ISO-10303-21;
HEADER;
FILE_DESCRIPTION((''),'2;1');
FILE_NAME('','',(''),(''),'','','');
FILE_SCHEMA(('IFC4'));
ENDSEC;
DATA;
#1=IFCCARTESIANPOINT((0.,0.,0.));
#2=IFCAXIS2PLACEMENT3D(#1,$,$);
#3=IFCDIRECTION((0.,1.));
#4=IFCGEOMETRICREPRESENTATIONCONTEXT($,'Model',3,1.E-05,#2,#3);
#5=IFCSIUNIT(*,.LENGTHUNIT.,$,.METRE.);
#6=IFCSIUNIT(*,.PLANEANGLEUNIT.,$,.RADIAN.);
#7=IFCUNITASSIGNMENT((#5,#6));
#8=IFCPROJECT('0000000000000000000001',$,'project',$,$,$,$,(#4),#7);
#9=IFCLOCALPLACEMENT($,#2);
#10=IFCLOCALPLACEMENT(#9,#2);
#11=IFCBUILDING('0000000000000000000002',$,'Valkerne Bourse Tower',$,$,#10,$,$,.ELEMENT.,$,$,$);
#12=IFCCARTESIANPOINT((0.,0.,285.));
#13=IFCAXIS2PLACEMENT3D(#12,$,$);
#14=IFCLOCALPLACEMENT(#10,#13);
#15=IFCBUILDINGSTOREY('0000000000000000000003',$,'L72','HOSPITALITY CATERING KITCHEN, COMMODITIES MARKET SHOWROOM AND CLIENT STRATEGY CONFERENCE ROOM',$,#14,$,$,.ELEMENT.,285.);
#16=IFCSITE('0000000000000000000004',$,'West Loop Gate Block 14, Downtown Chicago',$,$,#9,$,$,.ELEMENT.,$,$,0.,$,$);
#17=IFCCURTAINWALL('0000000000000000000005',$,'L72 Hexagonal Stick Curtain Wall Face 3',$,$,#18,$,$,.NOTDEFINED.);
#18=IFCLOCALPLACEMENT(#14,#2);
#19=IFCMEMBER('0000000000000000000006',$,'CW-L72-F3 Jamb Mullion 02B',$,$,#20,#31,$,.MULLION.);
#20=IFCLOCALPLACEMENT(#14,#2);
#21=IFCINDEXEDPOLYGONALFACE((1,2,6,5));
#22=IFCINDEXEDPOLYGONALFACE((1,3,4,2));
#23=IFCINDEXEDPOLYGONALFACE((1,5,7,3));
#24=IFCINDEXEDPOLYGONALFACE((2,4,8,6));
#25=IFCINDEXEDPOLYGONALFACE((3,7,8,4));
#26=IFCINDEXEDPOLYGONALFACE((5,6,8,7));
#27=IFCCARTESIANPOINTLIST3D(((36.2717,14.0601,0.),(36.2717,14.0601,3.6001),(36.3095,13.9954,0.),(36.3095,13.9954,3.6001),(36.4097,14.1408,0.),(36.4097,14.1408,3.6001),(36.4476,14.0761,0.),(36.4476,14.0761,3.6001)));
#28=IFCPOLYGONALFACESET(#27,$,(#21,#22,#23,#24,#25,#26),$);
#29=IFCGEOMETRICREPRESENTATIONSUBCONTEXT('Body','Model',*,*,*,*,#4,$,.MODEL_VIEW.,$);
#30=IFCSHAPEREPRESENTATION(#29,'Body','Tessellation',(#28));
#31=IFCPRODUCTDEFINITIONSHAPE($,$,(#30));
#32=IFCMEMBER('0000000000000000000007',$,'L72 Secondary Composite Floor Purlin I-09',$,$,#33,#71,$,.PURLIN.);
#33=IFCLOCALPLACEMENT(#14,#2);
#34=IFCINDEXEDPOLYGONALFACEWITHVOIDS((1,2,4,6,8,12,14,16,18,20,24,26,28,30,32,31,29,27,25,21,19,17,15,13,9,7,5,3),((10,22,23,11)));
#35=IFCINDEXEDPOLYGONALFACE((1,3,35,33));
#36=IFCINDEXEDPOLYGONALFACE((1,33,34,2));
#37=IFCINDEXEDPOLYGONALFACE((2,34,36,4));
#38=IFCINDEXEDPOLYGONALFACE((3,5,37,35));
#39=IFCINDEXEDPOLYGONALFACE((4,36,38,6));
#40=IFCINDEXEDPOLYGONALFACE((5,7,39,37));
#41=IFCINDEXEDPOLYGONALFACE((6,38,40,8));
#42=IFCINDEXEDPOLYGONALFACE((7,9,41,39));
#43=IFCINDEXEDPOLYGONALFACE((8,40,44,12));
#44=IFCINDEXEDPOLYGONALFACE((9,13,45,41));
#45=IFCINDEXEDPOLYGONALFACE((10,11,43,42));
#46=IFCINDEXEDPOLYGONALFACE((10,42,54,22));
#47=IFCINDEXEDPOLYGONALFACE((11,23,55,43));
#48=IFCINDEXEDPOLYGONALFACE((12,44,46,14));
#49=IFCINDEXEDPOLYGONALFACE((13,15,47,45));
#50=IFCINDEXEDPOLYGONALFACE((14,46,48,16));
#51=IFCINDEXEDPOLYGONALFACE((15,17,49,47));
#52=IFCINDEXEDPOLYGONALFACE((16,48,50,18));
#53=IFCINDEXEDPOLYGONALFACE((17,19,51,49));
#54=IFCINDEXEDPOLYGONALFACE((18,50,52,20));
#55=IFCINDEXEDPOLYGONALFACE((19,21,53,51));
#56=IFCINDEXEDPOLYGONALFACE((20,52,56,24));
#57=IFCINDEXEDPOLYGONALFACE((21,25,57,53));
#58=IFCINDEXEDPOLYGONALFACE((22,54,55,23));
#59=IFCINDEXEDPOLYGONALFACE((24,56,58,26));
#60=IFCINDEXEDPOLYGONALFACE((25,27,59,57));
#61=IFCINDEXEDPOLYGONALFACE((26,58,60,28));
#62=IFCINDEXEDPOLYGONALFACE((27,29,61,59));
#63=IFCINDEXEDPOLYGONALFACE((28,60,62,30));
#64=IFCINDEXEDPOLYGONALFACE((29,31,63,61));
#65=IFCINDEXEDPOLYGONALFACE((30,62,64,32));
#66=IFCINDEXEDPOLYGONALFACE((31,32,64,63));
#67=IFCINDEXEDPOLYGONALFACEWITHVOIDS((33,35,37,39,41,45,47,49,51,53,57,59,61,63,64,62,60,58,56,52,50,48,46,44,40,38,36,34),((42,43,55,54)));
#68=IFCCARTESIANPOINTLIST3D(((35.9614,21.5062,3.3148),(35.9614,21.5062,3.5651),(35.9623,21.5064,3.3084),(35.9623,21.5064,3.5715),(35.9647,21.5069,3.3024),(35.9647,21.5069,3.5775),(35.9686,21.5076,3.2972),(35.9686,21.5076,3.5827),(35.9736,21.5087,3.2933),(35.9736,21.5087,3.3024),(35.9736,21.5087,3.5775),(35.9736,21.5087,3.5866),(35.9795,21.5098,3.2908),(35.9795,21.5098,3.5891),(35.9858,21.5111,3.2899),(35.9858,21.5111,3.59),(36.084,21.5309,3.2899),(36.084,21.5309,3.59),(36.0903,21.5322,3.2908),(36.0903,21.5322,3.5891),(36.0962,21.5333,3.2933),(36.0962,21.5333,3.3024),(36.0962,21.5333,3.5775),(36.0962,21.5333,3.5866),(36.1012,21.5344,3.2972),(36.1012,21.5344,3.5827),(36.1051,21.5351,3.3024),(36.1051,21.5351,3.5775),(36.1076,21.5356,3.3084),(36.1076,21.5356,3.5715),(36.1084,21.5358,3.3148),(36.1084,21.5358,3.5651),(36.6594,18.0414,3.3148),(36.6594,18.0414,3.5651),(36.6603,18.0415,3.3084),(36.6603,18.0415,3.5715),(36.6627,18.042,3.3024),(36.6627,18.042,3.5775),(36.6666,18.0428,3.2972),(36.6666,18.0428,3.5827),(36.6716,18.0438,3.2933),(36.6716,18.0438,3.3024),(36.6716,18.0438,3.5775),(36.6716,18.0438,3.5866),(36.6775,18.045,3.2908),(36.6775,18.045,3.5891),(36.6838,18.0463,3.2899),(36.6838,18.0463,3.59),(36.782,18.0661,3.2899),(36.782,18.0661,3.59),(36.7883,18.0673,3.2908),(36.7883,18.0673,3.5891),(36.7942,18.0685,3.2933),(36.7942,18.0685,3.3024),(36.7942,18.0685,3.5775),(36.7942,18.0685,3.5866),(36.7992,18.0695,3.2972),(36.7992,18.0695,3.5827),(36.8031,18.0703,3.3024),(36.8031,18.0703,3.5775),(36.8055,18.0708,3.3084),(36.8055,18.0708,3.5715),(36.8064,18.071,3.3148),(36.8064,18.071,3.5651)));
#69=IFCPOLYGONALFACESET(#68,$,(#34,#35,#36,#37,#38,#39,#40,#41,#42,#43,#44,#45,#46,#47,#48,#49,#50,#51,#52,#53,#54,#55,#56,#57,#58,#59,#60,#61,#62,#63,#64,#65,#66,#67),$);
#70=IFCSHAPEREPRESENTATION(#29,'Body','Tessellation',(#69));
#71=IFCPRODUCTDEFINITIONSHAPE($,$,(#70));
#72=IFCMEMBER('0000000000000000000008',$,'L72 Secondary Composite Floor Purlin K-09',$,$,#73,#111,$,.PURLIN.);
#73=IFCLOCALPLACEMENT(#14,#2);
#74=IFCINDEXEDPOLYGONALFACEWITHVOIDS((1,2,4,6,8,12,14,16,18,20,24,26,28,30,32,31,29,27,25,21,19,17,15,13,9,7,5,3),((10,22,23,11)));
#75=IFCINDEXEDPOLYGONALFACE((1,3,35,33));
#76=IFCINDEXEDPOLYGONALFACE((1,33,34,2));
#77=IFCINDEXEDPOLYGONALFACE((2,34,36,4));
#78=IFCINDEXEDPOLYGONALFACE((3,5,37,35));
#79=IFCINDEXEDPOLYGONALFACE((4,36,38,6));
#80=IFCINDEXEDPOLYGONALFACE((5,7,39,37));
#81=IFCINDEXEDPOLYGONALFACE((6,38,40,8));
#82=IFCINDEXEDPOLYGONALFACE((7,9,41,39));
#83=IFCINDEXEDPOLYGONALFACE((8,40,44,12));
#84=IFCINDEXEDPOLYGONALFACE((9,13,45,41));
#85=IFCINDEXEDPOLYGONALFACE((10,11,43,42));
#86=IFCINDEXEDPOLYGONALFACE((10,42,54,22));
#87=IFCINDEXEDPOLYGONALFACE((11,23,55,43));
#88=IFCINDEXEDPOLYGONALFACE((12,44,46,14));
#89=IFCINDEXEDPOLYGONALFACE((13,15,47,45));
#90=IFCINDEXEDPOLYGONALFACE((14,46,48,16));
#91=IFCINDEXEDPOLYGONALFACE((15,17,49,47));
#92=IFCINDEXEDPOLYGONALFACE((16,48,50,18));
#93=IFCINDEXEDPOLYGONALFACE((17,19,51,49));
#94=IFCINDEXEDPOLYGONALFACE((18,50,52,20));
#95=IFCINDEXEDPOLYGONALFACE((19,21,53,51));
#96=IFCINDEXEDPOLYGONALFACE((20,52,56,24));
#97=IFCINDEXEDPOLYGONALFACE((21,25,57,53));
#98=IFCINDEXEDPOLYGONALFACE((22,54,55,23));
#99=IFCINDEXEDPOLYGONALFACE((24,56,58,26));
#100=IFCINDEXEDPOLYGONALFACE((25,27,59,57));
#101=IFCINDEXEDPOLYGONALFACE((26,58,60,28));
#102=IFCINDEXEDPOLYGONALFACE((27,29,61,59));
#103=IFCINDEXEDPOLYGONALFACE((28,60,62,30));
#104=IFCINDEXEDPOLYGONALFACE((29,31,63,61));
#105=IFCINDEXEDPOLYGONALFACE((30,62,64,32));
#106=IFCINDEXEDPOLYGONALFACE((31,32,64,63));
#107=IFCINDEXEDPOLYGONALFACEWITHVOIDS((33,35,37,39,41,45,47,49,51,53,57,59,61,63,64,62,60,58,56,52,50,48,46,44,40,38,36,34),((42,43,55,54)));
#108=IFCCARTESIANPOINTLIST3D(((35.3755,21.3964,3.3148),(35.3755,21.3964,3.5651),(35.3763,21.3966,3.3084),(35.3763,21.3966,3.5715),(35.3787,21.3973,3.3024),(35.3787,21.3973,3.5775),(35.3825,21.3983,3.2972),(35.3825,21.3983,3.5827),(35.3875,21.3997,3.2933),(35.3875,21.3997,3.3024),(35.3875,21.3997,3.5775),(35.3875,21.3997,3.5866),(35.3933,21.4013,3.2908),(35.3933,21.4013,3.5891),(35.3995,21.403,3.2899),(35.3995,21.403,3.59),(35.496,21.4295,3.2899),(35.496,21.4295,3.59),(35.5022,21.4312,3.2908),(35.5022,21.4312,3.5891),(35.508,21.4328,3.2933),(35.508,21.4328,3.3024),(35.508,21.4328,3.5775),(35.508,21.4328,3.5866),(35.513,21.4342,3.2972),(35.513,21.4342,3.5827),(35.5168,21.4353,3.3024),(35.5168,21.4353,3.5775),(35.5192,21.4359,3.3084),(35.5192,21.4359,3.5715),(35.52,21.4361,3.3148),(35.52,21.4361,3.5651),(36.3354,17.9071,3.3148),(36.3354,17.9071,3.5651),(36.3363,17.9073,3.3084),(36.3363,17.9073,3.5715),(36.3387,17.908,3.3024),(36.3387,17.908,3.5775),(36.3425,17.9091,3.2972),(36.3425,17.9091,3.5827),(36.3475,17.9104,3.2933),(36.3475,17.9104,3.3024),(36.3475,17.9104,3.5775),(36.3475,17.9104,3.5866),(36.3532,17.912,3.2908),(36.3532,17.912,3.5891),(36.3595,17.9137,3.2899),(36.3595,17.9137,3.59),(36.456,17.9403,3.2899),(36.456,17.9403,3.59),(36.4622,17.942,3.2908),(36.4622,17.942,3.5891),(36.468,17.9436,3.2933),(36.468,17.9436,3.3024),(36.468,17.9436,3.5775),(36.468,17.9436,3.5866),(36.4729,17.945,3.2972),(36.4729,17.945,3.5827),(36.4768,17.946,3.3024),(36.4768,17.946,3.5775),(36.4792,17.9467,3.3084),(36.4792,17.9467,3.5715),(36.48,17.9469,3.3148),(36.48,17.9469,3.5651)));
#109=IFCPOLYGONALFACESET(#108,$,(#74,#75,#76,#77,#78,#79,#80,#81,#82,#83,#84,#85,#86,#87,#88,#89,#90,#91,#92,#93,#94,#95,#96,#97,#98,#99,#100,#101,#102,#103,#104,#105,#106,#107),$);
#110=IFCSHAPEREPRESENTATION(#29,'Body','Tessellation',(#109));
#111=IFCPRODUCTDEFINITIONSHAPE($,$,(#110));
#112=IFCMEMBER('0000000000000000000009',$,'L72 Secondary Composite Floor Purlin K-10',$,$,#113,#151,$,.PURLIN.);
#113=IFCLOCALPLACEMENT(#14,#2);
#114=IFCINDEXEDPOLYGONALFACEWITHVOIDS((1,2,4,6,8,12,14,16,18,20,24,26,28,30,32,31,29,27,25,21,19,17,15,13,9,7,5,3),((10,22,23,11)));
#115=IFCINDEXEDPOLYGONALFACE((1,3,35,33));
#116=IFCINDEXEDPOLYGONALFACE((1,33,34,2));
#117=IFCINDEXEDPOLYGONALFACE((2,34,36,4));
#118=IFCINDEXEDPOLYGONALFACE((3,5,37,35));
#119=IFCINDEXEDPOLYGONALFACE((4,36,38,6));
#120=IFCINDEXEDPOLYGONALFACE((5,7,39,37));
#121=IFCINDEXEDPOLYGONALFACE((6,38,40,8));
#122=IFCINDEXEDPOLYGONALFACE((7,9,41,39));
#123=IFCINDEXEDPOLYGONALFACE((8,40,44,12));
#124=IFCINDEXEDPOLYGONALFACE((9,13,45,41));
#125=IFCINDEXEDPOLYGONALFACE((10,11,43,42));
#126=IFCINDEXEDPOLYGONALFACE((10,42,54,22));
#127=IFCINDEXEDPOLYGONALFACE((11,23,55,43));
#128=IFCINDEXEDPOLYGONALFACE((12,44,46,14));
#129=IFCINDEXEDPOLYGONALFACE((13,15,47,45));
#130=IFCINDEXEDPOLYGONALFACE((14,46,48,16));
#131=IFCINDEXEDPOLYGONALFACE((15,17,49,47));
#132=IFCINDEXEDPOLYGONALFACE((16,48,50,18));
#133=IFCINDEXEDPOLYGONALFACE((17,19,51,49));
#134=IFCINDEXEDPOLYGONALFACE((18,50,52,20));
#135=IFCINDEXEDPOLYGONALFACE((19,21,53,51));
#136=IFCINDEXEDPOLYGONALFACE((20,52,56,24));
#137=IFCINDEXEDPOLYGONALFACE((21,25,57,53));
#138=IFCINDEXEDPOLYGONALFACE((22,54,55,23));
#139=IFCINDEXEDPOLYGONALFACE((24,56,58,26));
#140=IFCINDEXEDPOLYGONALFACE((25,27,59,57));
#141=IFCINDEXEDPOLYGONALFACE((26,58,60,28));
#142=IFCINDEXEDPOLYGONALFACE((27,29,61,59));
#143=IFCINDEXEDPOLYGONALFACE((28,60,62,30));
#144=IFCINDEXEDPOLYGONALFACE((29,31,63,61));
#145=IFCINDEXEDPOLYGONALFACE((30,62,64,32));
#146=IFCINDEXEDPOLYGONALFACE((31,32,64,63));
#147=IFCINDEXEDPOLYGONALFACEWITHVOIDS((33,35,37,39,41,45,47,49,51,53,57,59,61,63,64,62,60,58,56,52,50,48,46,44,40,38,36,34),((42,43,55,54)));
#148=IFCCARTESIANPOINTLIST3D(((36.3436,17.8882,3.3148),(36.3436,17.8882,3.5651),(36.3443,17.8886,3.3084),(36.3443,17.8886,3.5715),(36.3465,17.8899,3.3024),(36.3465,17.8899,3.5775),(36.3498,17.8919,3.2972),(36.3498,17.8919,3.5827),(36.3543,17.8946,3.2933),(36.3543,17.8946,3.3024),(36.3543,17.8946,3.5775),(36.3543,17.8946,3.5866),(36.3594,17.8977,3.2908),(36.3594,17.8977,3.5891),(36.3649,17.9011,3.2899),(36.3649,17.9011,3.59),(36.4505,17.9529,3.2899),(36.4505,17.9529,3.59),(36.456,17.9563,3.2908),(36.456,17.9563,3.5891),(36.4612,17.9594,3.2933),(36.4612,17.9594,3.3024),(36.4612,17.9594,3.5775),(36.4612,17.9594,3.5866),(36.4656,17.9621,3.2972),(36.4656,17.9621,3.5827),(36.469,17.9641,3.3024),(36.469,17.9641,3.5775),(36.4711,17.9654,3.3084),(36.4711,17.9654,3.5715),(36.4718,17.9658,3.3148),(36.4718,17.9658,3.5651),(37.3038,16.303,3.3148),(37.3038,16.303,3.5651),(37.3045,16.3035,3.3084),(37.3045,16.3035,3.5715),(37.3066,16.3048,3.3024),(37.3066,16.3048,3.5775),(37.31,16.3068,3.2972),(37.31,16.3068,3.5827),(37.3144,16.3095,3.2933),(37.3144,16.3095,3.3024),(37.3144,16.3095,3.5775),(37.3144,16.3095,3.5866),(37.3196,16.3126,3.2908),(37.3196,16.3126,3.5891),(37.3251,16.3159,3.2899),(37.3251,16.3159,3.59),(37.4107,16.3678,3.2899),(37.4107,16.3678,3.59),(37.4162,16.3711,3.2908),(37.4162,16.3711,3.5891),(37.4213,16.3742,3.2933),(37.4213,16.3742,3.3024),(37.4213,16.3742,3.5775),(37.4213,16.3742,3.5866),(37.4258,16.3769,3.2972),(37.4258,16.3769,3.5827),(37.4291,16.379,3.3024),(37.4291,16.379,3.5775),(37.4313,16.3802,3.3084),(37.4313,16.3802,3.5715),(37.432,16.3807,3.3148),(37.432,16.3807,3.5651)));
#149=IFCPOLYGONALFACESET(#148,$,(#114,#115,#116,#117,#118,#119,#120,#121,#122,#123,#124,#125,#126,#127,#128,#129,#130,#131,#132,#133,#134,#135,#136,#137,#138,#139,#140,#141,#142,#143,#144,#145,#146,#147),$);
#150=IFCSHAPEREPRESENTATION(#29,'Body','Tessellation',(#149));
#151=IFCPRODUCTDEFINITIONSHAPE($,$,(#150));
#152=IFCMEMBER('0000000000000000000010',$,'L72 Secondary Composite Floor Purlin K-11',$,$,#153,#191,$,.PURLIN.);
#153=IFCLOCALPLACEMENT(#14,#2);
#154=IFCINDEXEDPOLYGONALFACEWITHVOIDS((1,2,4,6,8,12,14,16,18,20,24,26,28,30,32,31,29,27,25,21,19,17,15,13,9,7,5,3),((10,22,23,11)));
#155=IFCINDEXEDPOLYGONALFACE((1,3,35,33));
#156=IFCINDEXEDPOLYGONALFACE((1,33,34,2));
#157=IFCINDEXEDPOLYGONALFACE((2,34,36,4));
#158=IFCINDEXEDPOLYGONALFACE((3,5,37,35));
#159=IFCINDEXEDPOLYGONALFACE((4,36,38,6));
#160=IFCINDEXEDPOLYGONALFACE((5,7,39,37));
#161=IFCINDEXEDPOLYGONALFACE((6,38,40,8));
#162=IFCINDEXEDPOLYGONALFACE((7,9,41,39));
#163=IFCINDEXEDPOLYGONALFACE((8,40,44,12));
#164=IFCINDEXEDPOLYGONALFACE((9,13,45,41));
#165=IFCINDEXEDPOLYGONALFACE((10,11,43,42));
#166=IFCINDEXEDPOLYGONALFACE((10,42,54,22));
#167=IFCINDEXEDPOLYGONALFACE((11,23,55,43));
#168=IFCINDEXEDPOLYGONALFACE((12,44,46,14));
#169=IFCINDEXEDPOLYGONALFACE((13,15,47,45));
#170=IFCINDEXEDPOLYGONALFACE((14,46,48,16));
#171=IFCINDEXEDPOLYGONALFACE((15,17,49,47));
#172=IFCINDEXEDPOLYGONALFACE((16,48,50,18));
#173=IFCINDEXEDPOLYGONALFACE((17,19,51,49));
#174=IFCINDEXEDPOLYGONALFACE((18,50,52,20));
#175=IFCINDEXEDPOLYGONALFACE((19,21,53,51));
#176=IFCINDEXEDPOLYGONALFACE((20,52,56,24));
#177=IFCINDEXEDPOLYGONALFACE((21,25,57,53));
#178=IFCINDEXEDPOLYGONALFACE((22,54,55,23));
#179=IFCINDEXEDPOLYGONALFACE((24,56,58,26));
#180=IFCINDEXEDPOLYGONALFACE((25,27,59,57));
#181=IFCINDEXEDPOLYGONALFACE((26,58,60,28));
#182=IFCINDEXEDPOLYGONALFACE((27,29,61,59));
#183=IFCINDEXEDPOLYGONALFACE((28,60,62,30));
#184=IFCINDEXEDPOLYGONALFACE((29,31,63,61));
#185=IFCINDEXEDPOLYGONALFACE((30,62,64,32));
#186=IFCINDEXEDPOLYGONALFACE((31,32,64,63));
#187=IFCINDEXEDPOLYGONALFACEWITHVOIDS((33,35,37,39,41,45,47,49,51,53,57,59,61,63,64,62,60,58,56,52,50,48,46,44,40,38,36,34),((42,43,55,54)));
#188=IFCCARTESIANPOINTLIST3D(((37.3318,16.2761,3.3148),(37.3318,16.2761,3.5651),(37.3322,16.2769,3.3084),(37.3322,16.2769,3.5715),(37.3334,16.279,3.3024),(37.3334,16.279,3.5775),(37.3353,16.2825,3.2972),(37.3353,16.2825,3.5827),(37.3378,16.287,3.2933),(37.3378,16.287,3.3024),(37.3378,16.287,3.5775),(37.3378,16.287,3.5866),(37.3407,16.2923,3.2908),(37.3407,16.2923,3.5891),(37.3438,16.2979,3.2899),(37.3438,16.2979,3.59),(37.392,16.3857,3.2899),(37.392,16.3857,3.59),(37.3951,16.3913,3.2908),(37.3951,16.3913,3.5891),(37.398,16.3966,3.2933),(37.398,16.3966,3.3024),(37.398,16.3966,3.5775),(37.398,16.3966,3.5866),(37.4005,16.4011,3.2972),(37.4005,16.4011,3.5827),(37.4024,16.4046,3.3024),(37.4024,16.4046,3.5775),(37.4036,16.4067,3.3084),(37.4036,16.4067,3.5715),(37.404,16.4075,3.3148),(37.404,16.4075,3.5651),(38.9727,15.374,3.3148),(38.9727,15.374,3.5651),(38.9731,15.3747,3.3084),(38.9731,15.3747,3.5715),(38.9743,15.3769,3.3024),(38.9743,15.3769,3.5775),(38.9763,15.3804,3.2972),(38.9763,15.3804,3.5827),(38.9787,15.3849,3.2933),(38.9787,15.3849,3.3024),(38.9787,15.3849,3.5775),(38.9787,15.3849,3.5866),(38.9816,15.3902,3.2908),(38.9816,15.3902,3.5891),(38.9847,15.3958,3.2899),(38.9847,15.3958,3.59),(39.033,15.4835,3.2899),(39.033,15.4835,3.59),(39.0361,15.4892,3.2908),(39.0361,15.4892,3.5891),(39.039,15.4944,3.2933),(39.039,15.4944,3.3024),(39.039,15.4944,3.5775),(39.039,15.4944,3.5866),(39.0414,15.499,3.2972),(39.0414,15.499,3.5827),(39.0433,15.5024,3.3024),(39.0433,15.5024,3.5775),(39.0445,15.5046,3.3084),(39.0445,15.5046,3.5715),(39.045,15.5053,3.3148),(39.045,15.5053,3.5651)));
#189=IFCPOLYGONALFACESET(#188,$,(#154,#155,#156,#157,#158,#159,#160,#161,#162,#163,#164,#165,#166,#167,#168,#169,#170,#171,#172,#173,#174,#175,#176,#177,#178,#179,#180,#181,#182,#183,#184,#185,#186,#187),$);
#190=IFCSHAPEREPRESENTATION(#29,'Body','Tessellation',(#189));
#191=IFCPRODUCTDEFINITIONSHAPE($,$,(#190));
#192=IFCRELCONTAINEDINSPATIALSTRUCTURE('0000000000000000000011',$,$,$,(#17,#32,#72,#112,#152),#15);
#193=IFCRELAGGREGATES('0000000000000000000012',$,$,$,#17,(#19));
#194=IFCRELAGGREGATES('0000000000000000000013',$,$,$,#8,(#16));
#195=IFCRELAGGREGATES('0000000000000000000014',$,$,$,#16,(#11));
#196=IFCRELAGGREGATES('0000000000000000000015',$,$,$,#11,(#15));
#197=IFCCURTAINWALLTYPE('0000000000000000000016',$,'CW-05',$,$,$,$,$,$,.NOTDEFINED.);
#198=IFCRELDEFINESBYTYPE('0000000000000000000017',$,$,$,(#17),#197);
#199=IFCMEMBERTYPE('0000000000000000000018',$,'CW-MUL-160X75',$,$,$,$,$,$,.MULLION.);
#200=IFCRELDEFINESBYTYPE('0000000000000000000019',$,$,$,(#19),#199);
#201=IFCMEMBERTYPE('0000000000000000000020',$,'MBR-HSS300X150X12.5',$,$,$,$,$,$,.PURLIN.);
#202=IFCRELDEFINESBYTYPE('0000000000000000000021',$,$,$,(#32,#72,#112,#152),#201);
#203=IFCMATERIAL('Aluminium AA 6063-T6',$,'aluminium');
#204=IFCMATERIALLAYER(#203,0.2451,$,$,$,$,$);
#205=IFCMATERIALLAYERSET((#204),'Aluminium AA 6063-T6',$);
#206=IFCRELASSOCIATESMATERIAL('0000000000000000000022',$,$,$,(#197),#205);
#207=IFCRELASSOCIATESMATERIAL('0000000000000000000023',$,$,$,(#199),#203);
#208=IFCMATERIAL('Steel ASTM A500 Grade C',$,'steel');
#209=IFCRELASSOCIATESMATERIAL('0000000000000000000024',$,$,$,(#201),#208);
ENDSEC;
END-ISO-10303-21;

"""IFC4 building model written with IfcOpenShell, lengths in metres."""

from ifc_helpers import new_model, si_unit, direction, frame, origin, origin_2d, place, context, subcontext, project, spatial, rectangle, hollow_rectangle, extrude, material, layer, layer_set, material_profile, profile_set, type_object, element, aggregate, save


model = new_model("IFC4")

# Units and contexts
model_context = context("Model", 3, precision=1e-05, world=origin(), true_north=direction((0.0, 1.0)))
body_context = subcontext(model_context, "Body", "Model", "MODEL_VIEW")
ifc_project = project(units=[si_unit("LENGTHUNIT", "METRE"), si_unit("PLANEANGLEUNIT", "RADIAN")], contexts=[model_context])

# Site, building, storey
site_placement = place(None, origin())
site = spatial("IfcSite", under=ifc_project, at=site_placement, Name="West Loop Gate Block 14, Downtown Chicago", CompositionType="ELEMENT", RefElevation=0.0)
building_placement = place(site_placement, origin())
building = spatial("IfcBuilding", under=site, at=building_placement, Name="Valkerne Bourse Tower", CompositionType="ELEMENT")
storey_placement = place(building_placement, frame((0.0, 0.0, 285.0)))
storey = spatial("IfcBuildingStorey", under=building, at=storey_placement, Name="L72", Description="HOSPITALITY CATERING KITCHEN, COMMODITIES MARKET SHOWROOM AND CLIENT STRATEGY CONFERENCE ROOM", CompositionType="ELEMENT", Elevation=285.0)

# Curtain wall, member
ifc_material_1 = material(Name="Aluminium AA 6063-T6", Category="aluminium")
ifc_layer_1 = layer(ifc_material_1, 0.2451)
ifc_layer_set_1 = layer_set([ifc_layer_1], Name="Aluminium AA 6063-T6")
curtain_wall_type = type_object("IfcCurtainWallType", Name="CW-05", PredefinedType="NOTDEFINED", material=ifc_layer_set_1)
curtain_wall_placement = place(storey_placement, origin())
curtain_wall = element("IfcCurtainWall", 1, at=curtain_wall_placement, inside=storey, type_object=curtain_wall_type, Name="L72 Hexagonal Stick Curtain Wall Face 3", PredefinedType="NOTDEFINED")
ifc_material_profile_1 = material_profile(ifc_material_1, rectangle(XDim=0.075, YDim=0.1599, at=origin_2d()), Name="CWM-75X160")
ifc_profile_set_1 = profile_set([ifc_material_profile_1], Name="Aluminium AA 6063-T6")
member_type_1 = type_object("IfcMemberType", Name="CW-MUL-160X75", PredefinedType="MULLION", material=ifc_profile_set_1)
member_1_placement = place(storey_placement, frame((36.3596, 14.0681, 0.0), z_axis=(0.0, 0.0, 1.0), x_axis=(0.504535, -0.863391, 0.0)))
member_1 = element("IfcMember", 2, at=member_1_placement, type_object=member_type_1, Name="CW-L72-F3 Jamb Mullion 02B", PredefinedType="MULLION", context=body_context, shape_type="SweptSolid", body=[
    extrude(rectangle(XDim=0.075, YDim=0.1599, at=origin_2d()), origin(), (0.0, 0.0, 1.0), 3.6001),
])

# Members
ifc_material_2 = material(Name="Steel ASTM A500 Grade C", Category="steel")
ifc_material_profile_2 = material_profile(ifc_material_2, hollow_rectangle(XDim=0.1499, YDim=0.3, WallThickness=0.0125, OuterFilletRadius=0.0249, at=origin_2d()), Name="HSS300X150X12.5")
ifc_profile_set_2 = profile_set([ifc_material_profile_2], Name="Steel ASTM A500 Grade C")
member_type_2 = type_object("IfcMemberType", Name="MBR-HSS300X150X12.5", PredefinedType="PURLIN", material=ifc_profile_set_2)
member_2_placement = place(storey_placement, frame((36.0349, 21.521, 3.4399), z_axis=(0.197484, -0.980306, 0.0), x_axis=(0.980306, 0.197484, 0.0)))
element("IfcMember", 3, at=member_2_placement, inside=storey, type_object=member_type_2, Name="L72 Secondary Composite Floor Purlin I-09", PredefinedType="PURLIN", context=body_context, shape_type="SweptSolid", body=[
    extrude(hollow_rectangle(XDim=0.1499, YDim=0.3, WallThickness=0.0125, OuterFilletRadius=0.0249, at=origin_2d()), origin(), (0.0, 0.0, 1.0), 3.5344),
])
member_3_placement = place(storey_placement, frame((35.4478, 21.4163, 3.4399), z_axis=(0.265263, -0.964176, 0.0), x_axis=(0.964176, 0.265263, 0.0)))
element("IfcMember", 4, at=member_3_placement, inside=storey, type_object=member_type_2, Name="L72 Secondary Composite Floor Purlin K-09", PredefinedType="PURLIN", context=body_context, shape_type="SweptSolid", body=[
    extrude(hollow_rectangle(XDim=0.1499, YDim=0.3, WallThickness=0.0125, OuterFilletRadius=0.0249, at=origin_2d()), origin(), (0.0, 0.0, 1.0), 3.6189),
])
member_4_placement = place(storey_placement, frame((36.4077, 17.927, 3.4399), z_axis=(0.518094, -0.855323, 0.0), x_axis=(0.855323, 0.518094, 0.0)))
element("IfcMember", 5, at=member_4_placement, inside=storey, type_object=member_type_2, Name="L72 Secondary Composite Floor Purlin K-10", PredefinedType="PURLIN", context=body_context, shape_type="SweptSolid", body=[
    extrude(hollow_rectangle(XDim=0.1499, YDim=0.3, WallThickness=0.0125, OuterFilletRadius=0.0249, at=origin_2d()), origin(), (0.0, 0.0, 1.0), 1.8533),
])
member_5_placement = place(storey_placement, frame((37.3679, 16.3418, 3.4399), z_axis=(0.876301, -0.481764, 0.0), x_axis=(0.481764, 0.876301, 0.0)))
element("IfcMember", 6, at=member_5_placement, inside=storey, type_object=member_type_2, Name="L72 Secondary Composite Floor Purlin K-11", PredefinedType="PURLIN", context=body_context, shape_type="SweptSolid", body=[
    extrude(hollow_rectangle(XDim=0.1499, YDim=0.3, WallThickness=0.0125, OuterFilletRadius=0.0249, at=origin_2d()), origin(), (0.0, 0.0, 1.0), 1.8726),
])

aggregate(curtain_wall, [member_1])

save(model, "model.ifc")
